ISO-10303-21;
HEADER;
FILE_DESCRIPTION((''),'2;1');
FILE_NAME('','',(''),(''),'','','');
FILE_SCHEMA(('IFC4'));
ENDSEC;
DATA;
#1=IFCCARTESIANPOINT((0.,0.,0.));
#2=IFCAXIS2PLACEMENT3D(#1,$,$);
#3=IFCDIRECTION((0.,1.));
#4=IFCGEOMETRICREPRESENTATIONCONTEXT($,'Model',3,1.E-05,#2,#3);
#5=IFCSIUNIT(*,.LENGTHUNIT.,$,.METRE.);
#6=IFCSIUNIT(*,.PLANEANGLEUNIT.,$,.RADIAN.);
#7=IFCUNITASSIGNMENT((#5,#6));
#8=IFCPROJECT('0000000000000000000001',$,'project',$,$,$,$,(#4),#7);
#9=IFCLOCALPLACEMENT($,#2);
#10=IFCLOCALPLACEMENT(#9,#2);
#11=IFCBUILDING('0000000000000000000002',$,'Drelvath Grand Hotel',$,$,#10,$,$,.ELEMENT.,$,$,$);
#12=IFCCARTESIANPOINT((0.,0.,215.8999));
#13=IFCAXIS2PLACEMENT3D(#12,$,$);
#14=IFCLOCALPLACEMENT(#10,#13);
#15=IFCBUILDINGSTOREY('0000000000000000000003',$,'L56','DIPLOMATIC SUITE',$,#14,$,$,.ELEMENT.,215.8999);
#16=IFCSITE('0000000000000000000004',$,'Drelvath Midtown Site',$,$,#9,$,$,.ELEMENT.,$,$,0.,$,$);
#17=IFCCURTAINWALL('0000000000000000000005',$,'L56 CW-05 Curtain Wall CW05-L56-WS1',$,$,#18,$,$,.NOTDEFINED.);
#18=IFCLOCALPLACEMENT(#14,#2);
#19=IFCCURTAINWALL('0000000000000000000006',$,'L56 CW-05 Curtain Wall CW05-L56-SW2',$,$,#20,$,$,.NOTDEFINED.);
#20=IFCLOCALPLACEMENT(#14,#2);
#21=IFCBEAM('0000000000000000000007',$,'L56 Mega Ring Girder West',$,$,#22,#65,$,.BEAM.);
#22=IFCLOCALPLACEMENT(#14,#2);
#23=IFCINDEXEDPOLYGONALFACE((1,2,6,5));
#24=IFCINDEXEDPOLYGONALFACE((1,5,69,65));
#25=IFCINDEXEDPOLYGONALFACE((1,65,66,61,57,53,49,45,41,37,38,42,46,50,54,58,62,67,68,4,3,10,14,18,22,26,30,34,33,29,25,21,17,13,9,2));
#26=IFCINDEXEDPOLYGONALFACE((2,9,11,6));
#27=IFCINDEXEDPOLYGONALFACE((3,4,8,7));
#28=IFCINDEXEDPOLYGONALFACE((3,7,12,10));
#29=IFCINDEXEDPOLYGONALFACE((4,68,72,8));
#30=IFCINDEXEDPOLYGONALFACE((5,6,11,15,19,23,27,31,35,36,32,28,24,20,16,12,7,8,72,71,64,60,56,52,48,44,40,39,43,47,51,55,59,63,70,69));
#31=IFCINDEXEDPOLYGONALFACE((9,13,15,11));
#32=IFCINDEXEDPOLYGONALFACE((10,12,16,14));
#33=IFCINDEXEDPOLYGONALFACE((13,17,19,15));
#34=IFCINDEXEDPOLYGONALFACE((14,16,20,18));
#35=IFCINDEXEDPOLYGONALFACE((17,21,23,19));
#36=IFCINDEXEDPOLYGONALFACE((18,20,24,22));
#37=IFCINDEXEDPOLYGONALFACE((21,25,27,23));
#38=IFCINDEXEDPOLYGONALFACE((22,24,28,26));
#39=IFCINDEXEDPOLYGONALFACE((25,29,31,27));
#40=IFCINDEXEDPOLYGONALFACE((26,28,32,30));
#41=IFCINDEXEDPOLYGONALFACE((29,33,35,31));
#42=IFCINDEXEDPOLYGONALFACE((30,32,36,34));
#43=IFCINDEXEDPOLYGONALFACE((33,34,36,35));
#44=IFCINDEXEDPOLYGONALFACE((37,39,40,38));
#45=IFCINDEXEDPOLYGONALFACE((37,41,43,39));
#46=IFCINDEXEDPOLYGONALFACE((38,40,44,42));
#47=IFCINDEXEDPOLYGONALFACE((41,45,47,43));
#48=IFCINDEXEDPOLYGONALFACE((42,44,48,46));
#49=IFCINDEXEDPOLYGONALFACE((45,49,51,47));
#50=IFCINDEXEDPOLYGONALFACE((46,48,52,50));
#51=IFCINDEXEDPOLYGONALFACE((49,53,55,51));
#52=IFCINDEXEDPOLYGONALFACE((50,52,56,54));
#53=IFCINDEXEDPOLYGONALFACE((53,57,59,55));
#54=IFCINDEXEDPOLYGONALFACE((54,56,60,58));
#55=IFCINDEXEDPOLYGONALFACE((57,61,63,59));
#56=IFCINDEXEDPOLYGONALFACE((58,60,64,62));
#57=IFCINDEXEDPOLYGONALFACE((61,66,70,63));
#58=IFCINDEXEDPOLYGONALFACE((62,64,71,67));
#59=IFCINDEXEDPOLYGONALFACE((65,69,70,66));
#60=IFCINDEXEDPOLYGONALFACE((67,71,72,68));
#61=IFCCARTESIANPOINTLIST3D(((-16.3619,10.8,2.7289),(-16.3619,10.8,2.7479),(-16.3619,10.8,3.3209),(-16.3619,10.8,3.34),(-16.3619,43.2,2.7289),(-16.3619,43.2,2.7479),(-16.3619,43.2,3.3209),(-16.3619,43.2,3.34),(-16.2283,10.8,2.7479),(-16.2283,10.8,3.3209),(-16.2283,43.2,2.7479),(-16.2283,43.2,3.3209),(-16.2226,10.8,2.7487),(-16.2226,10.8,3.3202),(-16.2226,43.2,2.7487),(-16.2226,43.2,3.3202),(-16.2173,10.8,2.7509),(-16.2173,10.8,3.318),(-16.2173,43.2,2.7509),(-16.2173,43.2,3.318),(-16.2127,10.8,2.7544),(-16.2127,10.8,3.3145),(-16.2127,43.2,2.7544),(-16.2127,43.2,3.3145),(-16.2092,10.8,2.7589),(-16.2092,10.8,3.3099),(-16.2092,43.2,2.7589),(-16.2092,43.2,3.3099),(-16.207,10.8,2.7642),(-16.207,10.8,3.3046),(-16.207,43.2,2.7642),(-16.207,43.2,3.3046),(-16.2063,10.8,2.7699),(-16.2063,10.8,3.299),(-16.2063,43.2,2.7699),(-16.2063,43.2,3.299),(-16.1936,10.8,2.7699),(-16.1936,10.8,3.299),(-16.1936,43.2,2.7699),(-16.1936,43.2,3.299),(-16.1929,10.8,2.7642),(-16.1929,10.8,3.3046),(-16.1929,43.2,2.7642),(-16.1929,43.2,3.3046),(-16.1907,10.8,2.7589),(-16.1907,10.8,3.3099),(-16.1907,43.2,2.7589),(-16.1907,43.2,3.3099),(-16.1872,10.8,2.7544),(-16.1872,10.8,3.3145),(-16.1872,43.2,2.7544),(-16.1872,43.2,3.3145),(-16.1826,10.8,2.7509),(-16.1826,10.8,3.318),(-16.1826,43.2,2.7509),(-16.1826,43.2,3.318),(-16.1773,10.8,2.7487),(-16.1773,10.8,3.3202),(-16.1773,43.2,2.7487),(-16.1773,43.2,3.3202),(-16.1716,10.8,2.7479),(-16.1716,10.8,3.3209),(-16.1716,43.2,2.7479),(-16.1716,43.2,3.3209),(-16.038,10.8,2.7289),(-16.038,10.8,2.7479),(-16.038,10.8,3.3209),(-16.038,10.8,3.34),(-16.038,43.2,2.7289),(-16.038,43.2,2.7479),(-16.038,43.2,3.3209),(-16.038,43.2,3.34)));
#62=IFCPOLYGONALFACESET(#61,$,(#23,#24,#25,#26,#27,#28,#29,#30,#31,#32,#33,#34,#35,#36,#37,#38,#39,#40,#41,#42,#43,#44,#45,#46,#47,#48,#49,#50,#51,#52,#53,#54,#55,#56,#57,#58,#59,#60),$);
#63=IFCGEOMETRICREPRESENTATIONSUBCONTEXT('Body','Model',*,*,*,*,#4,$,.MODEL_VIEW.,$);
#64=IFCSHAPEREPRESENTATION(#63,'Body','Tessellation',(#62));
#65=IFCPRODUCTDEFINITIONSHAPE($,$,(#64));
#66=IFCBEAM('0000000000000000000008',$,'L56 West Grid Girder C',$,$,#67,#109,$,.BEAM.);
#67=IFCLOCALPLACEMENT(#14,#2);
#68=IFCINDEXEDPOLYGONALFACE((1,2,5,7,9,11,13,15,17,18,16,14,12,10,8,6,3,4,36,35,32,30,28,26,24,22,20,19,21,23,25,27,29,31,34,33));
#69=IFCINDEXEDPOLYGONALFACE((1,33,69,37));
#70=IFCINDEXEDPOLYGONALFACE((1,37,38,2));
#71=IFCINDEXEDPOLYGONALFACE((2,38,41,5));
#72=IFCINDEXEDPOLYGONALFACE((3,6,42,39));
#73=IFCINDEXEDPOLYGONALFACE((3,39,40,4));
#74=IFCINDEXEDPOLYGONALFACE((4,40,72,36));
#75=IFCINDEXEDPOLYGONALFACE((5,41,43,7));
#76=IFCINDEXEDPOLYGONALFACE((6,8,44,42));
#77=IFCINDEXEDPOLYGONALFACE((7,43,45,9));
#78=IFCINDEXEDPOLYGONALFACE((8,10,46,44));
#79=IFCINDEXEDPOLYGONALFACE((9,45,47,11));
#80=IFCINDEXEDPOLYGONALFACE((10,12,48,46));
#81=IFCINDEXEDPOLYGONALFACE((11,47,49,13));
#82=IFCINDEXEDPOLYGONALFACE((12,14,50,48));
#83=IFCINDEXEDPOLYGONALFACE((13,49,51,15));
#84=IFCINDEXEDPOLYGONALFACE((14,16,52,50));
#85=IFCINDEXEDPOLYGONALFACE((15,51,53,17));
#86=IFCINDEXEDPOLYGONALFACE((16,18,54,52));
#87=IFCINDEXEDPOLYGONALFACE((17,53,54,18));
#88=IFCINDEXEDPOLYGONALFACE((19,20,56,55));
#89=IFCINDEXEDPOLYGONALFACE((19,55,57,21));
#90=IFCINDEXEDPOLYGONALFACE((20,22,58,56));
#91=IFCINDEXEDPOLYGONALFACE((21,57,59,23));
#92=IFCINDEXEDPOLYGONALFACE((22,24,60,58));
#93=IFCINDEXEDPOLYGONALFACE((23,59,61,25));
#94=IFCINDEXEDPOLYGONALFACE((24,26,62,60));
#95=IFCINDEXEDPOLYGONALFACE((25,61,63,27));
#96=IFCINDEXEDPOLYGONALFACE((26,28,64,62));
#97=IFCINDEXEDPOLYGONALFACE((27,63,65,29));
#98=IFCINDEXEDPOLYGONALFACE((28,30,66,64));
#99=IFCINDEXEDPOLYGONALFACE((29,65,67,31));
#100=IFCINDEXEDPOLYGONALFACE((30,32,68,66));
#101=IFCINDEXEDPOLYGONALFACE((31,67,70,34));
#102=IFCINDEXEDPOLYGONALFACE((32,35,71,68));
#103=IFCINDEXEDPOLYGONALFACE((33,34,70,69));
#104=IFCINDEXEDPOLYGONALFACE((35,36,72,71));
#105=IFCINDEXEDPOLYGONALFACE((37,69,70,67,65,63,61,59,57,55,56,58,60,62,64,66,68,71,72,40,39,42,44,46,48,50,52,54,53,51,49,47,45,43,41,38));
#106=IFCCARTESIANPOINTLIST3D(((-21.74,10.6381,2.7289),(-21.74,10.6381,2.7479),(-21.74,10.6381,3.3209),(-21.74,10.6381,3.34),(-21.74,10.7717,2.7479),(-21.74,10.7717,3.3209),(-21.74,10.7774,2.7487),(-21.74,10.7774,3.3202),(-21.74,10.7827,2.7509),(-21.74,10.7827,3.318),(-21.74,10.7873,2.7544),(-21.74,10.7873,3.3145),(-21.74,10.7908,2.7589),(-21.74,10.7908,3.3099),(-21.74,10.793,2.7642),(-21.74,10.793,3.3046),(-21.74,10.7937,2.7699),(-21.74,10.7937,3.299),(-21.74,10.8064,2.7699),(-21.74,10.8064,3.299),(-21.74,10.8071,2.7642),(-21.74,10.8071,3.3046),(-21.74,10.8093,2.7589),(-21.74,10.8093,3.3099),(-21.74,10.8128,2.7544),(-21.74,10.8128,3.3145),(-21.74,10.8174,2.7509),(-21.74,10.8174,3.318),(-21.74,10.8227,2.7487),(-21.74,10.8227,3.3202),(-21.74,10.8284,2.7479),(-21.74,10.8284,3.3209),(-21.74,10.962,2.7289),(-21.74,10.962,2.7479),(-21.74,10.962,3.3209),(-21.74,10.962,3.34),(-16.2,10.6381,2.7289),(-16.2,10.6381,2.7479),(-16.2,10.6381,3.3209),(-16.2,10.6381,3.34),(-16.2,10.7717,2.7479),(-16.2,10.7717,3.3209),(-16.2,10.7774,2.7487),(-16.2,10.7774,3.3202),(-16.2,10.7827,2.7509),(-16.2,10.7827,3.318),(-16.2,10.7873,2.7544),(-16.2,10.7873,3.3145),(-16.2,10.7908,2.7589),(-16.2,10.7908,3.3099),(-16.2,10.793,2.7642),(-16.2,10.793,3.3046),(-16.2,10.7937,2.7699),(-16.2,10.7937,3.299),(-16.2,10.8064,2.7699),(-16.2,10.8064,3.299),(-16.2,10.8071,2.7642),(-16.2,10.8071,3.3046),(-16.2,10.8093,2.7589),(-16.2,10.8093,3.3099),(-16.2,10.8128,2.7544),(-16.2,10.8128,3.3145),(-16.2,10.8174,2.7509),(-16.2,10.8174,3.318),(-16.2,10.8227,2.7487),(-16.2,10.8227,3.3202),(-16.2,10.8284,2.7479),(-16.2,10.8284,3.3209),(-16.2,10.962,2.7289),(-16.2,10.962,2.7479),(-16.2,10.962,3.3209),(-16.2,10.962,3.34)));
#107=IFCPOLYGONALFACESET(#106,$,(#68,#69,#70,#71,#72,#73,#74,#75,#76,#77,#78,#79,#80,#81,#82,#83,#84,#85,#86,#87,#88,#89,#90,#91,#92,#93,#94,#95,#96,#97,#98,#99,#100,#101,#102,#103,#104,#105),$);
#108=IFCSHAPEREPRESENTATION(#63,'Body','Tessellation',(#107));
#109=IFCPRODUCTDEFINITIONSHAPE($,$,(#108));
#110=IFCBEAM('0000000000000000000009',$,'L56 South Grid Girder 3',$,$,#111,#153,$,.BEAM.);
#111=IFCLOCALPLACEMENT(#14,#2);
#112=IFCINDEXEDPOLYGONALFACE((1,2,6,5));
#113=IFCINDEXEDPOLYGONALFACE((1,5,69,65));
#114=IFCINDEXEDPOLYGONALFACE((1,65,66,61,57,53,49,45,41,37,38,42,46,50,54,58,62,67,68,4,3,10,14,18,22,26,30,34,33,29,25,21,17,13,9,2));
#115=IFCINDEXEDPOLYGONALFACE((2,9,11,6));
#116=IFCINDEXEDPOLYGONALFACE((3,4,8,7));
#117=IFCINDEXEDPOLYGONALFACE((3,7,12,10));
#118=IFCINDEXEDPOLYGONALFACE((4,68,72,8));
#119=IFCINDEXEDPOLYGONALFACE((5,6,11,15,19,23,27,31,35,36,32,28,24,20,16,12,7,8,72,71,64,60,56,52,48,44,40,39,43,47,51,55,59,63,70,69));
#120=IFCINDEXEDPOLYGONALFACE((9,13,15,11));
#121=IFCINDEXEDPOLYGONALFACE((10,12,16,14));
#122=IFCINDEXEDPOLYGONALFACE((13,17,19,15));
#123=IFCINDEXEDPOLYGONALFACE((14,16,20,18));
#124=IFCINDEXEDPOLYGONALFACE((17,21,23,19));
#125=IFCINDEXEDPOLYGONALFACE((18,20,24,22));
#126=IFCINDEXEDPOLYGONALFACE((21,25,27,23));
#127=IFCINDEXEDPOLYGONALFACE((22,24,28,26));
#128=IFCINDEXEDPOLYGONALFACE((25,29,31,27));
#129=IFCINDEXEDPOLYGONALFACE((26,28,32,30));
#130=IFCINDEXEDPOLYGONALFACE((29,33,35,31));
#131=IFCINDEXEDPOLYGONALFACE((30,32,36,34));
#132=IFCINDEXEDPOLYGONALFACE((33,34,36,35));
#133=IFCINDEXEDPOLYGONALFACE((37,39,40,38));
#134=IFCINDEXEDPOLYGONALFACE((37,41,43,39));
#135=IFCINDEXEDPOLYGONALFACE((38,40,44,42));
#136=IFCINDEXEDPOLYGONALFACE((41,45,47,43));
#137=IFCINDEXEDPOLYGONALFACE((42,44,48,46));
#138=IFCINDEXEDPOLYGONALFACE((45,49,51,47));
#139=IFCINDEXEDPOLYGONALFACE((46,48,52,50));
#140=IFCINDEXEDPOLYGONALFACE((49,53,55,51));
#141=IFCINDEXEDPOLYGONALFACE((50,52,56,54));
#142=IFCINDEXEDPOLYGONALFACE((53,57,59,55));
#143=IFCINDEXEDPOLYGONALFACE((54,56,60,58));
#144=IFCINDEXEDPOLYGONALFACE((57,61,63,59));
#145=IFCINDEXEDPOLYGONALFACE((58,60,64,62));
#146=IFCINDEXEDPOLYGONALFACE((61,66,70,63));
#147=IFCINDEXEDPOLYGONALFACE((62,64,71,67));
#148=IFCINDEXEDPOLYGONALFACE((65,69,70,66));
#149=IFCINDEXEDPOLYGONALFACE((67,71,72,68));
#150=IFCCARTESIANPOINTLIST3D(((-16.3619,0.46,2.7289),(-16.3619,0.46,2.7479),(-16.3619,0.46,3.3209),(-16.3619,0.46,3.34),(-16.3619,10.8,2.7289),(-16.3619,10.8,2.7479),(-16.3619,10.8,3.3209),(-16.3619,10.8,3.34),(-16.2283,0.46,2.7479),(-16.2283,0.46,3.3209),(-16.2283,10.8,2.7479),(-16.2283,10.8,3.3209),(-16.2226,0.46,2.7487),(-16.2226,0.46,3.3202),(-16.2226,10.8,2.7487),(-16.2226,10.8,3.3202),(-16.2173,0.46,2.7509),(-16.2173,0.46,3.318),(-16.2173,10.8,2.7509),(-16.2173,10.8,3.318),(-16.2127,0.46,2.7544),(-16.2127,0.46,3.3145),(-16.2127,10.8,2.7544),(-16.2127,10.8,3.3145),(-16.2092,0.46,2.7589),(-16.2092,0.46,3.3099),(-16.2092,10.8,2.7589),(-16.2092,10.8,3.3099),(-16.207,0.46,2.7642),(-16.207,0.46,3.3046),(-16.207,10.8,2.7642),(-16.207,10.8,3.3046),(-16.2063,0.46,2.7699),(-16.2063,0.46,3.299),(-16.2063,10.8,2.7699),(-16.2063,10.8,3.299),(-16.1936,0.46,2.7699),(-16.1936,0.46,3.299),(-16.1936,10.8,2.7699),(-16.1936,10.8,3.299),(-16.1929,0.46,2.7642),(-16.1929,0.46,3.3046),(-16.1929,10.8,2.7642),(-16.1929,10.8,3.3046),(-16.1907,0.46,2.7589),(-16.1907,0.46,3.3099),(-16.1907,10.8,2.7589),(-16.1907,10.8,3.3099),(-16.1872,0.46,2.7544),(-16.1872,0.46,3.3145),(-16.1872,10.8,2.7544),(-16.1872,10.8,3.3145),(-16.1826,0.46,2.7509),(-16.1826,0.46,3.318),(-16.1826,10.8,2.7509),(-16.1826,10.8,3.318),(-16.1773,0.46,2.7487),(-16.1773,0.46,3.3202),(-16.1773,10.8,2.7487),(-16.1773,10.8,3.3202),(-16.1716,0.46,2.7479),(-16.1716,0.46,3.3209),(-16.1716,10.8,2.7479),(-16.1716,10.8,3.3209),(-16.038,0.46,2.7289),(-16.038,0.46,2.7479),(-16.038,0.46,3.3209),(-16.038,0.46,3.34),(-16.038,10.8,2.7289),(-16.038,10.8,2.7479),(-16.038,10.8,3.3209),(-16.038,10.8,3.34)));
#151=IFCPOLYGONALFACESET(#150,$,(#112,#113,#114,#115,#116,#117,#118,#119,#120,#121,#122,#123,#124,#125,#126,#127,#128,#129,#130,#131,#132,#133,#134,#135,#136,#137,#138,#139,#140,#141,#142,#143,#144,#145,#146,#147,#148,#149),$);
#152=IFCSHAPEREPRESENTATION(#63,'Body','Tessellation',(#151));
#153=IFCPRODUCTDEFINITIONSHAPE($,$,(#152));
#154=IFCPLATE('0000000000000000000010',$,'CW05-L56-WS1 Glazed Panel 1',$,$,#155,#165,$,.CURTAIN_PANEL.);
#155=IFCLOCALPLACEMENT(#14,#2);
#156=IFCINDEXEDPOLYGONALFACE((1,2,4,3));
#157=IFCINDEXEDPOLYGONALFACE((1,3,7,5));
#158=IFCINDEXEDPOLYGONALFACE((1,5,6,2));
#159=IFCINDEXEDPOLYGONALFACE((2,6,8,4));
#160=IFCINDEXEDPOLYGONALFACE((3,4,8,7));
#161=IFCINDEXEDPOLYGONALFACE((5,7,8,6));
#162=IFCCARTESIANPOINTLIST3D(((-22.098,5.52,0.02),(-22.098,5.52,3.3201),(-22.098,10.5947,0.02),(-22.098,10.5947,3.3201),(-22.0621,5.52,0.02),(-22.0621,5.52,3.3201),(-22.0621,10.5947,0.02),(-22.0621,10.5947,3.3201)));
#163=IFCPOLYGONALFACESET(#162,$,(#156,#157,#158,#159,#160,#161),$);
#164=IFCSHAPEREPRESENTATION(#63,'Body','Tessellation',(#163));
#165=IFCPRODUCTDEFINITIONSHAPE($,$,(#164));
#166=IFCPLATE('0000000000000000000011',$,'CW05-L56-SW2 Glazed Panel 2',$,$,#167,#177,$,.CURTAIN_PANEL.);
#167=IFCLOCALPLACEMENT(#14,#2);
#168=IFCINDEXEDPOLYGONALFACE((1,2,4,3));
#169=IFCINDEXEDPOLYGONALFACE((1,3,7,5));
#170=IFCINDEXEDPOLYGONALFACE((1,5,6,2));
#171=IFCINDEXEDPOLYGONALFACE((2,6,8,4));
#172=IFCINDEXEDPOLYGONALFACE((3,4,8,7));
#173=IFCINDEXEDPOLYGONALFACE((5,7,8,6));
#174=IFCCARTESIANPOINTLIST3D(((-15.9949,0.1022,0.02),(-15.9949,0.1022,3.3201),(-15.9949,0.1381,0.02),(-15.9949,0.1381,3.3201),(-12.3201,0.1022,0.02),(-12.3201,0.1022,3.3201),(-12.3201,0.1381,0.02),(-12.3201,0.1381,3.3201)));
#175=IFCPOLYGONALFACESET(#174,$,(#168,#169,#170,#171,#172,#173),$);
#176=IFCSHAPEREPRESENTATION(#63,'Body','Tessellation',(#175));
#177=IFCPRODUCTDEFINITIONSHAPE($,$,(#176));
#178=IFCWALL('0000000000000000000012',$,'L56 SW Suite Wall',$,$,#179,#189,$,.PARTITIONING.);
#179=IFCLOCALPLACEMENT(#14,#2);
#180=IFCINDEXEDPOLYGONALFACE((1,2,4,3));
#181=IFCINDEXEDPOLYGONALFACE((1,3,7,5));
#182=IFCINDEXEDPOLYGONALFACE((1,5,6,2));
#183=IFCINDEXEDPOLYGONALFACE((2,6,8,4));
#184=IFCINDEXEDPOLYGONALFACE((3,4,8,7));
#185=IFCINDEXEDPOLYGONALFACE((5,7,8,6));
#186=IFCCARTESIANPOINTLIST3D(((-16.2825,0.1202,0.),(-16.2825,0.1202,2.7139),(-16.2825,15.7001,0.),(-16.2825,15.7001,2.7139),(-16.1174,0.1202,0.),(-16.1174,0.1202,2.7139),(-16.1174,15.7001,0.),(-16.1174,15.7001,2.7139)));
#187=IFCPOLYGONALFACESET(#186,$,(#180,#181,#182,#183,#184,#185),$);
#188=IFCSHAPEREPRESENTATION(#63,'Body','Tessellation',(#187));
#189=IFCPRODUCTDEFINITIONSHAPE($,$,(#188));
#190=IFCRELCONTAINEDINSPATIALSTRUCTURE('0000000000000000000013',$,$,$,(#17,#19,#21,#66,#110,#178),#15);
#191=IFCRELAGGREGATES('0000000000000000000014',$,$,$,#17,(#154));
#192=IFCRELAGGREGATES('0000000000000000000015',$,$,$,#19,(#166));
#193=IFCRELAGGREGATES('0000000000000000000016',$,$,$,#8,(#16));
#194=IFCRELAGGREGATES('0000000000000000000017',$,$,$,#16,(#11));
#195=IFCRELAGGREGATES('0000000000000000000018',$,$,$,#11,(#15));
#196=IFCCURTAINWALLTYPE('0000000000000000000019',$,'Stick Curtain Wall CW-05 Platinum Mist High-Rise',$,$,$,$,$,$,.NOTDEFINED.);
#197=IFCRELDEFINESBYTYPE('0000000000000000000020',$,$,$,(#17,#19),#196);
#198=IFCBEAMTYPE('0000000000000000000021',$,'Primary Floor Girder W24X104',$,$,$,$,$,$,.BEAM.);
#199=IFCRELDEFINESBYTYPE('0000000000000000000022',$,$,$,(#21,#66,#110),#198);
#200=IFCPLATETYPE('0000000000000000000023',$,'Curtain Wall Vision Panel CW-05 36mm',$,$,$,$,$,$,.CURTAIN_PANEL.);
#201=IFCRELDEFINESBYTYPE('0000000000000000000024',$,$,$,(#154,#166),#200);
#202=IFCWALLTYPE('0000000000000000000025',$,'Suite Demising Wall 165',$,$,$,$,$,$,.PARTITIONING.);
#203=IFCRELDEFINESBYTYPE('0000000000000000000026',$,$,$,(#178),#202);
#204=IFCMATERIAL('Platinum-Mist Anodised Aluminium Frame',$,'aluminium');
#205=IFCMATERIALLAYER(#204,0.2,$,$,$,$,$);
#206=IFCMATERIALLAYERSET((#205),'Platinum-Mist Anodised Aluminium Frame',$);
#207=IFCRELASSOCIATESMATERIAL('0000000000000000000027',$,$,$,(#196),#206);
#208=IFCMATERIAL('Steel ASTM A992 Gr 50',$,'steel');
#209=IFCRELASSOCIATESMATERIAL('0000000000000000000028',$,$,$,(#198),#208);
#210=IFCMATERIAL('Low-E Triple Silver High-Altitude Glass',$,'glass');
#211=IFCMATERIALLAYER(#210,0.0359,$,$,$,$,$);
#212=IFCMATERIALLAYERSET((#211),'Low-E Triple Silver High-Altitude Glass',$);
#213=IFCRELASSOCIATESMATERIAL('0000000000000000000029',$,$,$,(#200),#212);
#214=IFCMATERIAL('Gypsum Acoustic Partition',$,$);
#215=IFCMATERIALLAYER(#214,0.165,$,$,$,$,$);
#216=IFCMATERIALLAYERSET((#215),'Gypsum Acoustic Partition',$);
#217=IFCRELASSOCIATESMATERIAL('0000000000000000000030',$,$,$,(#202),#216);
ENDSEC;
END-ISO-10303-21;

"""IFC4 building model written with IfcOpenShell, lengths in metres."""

from ifc_helpers import new_model, si_unit, direction, frame, frame_2d, origin, origin_2d, place, context, subcontext, project, spatial, rectangle, i_section, extrude, material, layer, layer_set, material_profile, profile_set, type_object, element, aggregate, save


model = new_model("IFC4")

# Units and contexts
model_context = context("Model", 3, precision=1e-05, world=origin(), true_north=direction((0.0, 1.0)))
body_context = subcontext(model_context, "Body", "Model", "MODEL_VIEW")
ifc_project = project(units=[si_unit("LENGTHUNIT", "METRE"), si_unit("PLANEANGLEUNIT", "RADIAN")], contexts=[model_context])

# Site, building, storey
site_placement = place(None, origin())
site = spatial("IfcSite", under=ifc_project, at=site_placement, Name="Drelvath Midtown Site", CompositionType="ELEMENT", RefElevation=0.0)
building_placement = place(site_placement, origin())
building = spatial("IfcBuilding", under=site, at=building_placement, Name="Drelvath Grand Hotel", CompositionType="ELEMENT")
storey_placement = place(building_placement, frame((0.0, 0.0, 215.8999)))
storey = spatial("IfcBuildingStorey", under=building, at=storey_placement, Name="L56", Description="DIPLOMATIC SUITE", CompositionType="ELEMENT", Elevation=215.8999)

# Shared definitions
ifc_material_1 = material(Name="Steel ASTM A992 Gr 50", Category="steel")

# Curtain walls
ifc_material_2 = material(Name="Platinum-Mist Anodised Aluminium Frame", Category="aluminium")
ifc_layer_1 = layer(ifc_material_2, 0.2)
ifc_layer_set_1 = layer_set([ifc_layer_1], Name="Platinum-Mist Anodised Aluminium Frame")
curtain_wall_type = type_object("IfcCurtainWallType", Name="Stick Curtain Wall CW-05 Platinum Mist High-Rise", PredefinedType="NOTDEFINED", material=ifc_layer_set_1)
curtain_wall_1_placement = place(storey_placement, origin())
curtain_wall_1 = element("IfcCurtainWall", 1, at=curtain_wall_1_placement, inside=storey, type_object=curtain_wall_type, Name="L56 CW-05 Curtain Wall CW05-L56-WS1", PredefinedType="NOTDEFINED")
curtain_wall_2_placement = place(storey_placement, origin())
curtain_wall_2 = element("IfcCurtainWall", 2, at=curtain_wall_2_placement, inside=storey, type_object=curtain_wall_type, Name="L56 CW-05 Curtain Wall CW05-L56-SW2", PredefinedType="NOTDEFINED")

# Beams
ifc_material_profile_1 = material_profile(ifc_material_1, i_section(OverallWidth=0.324, OverallDepth=0.6111, WebThickness=0.0127, FlangeThickness=0.019, FilletRadius=0.022, at=origin_2d()), Name="W24X104")
ifc_profile_set_1 = profile_set([ifc_material_profile_1], Name="Steel ASTM A992 Gr 50")
beam_type_1 = type_object("IfcBeamType", Name="Primary Floor Girder W24X104", PredefinedType="BEAM", material=ifc_profile_set_1)
for number, where, z_axis, x_axis, name in (
    (3, (-16.2, 10.8, 3.0344), (0.0, 1.0, 0.0), (-1.0, 0.0, 0.0), "L56 Mega Ring Girder West"),
):
    element("IfcBeam", number, at=place(storey_placement, frame(where, z_axis=z_axis, x_axis=x_axis)), inside=storey, type_object=beam_type_1, Name=name, PredefinedType="BEAM", context=body_context, shape_type="SweptSolid", body=[
        extrude(i_section(OverallWidth=0.324, OverallDepth=0.6111, WebThickness=0.0127, FlangeThickness=0.019, FilletRadius=0.022, at=origin_2d()), origin(), (0.0, 0.0, 1.0), 32.3999),
    ])
beam_1_placement = place(storey_placement, frame((-21.74, 10.8, 3.0344), z_axis=(1.0, 0.0, 0.0), x_axis=(0.0, 1.0, 0.0)))
element("IfcBeam", 4, at=beam_1_placement, inside=storey, type_object=beam_type_1, Name="L56 West Grid Girder C", PredefinedType="BEAM", context=body_context, shape_type="SweptSolid", body=[
    extrude(i_section(OverallWidth=0.324, OverallDepth=0.6111, WebThickness=0.0127, FlangeThickness=0.019, FilletRadius=0.022, at=origin_2d()), origin(), (0.0, 0.0, 1.0), 5.54),
])
beam_2_placement = place(storey_placement, frame((-16.2, 0.46, 3.0344), z_axis=(0.0, 1.0, 0.0), x_axis=(-1.0, 0.0, 0.0)))
element("IfcBeam", 5, at=beam_2_placement, inside=storey, type_object=beam_type_1, Name="L56 South Grid Girder 3", PredefinedType="BEAM", context=body_context, shape_type="SweptSolid", body=[
    extrude(i_section(OverallWidth=0.324, OverallDepth=0.6111, WebThickness=0.0127, FlangeThickness=0.019, FilletRadius=0.022, at=origin_2d()), origin(), (0.0, 0.0, 1.0), 10.3401),
])

# Plates
ifc_material_3 = material(Name="Low-E Triple Silver High-Altitude Glass", Category="glass")
ifc_layer_2 = layer(ifc_material_3, 0.0359)
ifc_layer_set_2 = layer_set([ifc_layer_2], Name="Low-E Triple Silver High-Altitude Glass")
plate_type = type_object("IfcPlateType", Name="Curtain Wall Vision Panel CW-05 36mm", PredefinedType="CURTAIN_PANEL", material=ifc_layer_set_2)
plate_1_placement = place(storey_placement, frame((-22.0801, 8.0574, 0.02), z_axis=(0.0, 0.0, 1.0), x_axis=(0.0, 1.0, 0.0)))
plate_1 = element("IfcPlate", 6, at=plate_1_placement, type_object=plate_type, Name="CW05-L56-WS1 Glazed Panel 1", PredefinedType="CURTAIN_PANEL", context=body_context, shape_type="SweptSolid", body=[
    extrude(rectangle(XDim=5.0747, YDim=0.0359, at=origin_2d()), origin(), (0.0, 0.0, 1.0), 3.3),
])
aggregate(curtain_wall_1, [plate_1])
plate_2_placement = place(storey_placement, frame((-14.1575, 0.1201, 0.02), z_axis=(0.0, 0.0, 1.0), x_axis=(-1.0, 0.0, 0.0)))
plate_2 = element("IfcPlate", 7, at=plate_2_placement, type_object=plate_type, Name="CW05-L56-SW2 Glazed Panel 2", PredefinedType="CURTAIN_PANEL", context=body_context, shape_type="SweptSolid", body=[
    extrude(rectangle(XDim=3.6748, YDim=0.0359, at=origin_2d()), origin(), (0.0, 0.0, 1.0), 3.3),
])
aggregate(curtain_wall_2, [plate_2])

# Wall
ifc_material_4 = material(Name="Gypsum Acoustic Partition")
ifc_layer_3 = layer(ifc_material_4, 0.165)
ifc_layer_set_3 = layer_set([ifc_layer_3], Name="Gypsum Acoustic Partition")
wall_type_1 = type_object("IfcWallType", Name="Suite Demising Wall 165", PredefinedType="PARTITIONING", material=ifc_layer_set_3)
wall_1_placement = place(storey_placement, frame((-16.2, 0.1201, 0.0), z_axis=(0.0, 0.0, 1.0), x_axis=(0.0, 1.0, 0.0)))
element("IfcWall", 8, at=wall_1_placement, inside=storey, type_object=wall_type_1, Name="L56 SW Suite Wall", PredefinedType="PARTITIONING", context=body_context, shape_type="SweptSolid", body=[
    extrude(rectangle(XDim=15.5798, YDim=0.165, at=frame_2d((7.79, 0.0))), origin(), (0.0, 0.0, 1.0), 2.7139),
])

save(model, "model.ifc")
